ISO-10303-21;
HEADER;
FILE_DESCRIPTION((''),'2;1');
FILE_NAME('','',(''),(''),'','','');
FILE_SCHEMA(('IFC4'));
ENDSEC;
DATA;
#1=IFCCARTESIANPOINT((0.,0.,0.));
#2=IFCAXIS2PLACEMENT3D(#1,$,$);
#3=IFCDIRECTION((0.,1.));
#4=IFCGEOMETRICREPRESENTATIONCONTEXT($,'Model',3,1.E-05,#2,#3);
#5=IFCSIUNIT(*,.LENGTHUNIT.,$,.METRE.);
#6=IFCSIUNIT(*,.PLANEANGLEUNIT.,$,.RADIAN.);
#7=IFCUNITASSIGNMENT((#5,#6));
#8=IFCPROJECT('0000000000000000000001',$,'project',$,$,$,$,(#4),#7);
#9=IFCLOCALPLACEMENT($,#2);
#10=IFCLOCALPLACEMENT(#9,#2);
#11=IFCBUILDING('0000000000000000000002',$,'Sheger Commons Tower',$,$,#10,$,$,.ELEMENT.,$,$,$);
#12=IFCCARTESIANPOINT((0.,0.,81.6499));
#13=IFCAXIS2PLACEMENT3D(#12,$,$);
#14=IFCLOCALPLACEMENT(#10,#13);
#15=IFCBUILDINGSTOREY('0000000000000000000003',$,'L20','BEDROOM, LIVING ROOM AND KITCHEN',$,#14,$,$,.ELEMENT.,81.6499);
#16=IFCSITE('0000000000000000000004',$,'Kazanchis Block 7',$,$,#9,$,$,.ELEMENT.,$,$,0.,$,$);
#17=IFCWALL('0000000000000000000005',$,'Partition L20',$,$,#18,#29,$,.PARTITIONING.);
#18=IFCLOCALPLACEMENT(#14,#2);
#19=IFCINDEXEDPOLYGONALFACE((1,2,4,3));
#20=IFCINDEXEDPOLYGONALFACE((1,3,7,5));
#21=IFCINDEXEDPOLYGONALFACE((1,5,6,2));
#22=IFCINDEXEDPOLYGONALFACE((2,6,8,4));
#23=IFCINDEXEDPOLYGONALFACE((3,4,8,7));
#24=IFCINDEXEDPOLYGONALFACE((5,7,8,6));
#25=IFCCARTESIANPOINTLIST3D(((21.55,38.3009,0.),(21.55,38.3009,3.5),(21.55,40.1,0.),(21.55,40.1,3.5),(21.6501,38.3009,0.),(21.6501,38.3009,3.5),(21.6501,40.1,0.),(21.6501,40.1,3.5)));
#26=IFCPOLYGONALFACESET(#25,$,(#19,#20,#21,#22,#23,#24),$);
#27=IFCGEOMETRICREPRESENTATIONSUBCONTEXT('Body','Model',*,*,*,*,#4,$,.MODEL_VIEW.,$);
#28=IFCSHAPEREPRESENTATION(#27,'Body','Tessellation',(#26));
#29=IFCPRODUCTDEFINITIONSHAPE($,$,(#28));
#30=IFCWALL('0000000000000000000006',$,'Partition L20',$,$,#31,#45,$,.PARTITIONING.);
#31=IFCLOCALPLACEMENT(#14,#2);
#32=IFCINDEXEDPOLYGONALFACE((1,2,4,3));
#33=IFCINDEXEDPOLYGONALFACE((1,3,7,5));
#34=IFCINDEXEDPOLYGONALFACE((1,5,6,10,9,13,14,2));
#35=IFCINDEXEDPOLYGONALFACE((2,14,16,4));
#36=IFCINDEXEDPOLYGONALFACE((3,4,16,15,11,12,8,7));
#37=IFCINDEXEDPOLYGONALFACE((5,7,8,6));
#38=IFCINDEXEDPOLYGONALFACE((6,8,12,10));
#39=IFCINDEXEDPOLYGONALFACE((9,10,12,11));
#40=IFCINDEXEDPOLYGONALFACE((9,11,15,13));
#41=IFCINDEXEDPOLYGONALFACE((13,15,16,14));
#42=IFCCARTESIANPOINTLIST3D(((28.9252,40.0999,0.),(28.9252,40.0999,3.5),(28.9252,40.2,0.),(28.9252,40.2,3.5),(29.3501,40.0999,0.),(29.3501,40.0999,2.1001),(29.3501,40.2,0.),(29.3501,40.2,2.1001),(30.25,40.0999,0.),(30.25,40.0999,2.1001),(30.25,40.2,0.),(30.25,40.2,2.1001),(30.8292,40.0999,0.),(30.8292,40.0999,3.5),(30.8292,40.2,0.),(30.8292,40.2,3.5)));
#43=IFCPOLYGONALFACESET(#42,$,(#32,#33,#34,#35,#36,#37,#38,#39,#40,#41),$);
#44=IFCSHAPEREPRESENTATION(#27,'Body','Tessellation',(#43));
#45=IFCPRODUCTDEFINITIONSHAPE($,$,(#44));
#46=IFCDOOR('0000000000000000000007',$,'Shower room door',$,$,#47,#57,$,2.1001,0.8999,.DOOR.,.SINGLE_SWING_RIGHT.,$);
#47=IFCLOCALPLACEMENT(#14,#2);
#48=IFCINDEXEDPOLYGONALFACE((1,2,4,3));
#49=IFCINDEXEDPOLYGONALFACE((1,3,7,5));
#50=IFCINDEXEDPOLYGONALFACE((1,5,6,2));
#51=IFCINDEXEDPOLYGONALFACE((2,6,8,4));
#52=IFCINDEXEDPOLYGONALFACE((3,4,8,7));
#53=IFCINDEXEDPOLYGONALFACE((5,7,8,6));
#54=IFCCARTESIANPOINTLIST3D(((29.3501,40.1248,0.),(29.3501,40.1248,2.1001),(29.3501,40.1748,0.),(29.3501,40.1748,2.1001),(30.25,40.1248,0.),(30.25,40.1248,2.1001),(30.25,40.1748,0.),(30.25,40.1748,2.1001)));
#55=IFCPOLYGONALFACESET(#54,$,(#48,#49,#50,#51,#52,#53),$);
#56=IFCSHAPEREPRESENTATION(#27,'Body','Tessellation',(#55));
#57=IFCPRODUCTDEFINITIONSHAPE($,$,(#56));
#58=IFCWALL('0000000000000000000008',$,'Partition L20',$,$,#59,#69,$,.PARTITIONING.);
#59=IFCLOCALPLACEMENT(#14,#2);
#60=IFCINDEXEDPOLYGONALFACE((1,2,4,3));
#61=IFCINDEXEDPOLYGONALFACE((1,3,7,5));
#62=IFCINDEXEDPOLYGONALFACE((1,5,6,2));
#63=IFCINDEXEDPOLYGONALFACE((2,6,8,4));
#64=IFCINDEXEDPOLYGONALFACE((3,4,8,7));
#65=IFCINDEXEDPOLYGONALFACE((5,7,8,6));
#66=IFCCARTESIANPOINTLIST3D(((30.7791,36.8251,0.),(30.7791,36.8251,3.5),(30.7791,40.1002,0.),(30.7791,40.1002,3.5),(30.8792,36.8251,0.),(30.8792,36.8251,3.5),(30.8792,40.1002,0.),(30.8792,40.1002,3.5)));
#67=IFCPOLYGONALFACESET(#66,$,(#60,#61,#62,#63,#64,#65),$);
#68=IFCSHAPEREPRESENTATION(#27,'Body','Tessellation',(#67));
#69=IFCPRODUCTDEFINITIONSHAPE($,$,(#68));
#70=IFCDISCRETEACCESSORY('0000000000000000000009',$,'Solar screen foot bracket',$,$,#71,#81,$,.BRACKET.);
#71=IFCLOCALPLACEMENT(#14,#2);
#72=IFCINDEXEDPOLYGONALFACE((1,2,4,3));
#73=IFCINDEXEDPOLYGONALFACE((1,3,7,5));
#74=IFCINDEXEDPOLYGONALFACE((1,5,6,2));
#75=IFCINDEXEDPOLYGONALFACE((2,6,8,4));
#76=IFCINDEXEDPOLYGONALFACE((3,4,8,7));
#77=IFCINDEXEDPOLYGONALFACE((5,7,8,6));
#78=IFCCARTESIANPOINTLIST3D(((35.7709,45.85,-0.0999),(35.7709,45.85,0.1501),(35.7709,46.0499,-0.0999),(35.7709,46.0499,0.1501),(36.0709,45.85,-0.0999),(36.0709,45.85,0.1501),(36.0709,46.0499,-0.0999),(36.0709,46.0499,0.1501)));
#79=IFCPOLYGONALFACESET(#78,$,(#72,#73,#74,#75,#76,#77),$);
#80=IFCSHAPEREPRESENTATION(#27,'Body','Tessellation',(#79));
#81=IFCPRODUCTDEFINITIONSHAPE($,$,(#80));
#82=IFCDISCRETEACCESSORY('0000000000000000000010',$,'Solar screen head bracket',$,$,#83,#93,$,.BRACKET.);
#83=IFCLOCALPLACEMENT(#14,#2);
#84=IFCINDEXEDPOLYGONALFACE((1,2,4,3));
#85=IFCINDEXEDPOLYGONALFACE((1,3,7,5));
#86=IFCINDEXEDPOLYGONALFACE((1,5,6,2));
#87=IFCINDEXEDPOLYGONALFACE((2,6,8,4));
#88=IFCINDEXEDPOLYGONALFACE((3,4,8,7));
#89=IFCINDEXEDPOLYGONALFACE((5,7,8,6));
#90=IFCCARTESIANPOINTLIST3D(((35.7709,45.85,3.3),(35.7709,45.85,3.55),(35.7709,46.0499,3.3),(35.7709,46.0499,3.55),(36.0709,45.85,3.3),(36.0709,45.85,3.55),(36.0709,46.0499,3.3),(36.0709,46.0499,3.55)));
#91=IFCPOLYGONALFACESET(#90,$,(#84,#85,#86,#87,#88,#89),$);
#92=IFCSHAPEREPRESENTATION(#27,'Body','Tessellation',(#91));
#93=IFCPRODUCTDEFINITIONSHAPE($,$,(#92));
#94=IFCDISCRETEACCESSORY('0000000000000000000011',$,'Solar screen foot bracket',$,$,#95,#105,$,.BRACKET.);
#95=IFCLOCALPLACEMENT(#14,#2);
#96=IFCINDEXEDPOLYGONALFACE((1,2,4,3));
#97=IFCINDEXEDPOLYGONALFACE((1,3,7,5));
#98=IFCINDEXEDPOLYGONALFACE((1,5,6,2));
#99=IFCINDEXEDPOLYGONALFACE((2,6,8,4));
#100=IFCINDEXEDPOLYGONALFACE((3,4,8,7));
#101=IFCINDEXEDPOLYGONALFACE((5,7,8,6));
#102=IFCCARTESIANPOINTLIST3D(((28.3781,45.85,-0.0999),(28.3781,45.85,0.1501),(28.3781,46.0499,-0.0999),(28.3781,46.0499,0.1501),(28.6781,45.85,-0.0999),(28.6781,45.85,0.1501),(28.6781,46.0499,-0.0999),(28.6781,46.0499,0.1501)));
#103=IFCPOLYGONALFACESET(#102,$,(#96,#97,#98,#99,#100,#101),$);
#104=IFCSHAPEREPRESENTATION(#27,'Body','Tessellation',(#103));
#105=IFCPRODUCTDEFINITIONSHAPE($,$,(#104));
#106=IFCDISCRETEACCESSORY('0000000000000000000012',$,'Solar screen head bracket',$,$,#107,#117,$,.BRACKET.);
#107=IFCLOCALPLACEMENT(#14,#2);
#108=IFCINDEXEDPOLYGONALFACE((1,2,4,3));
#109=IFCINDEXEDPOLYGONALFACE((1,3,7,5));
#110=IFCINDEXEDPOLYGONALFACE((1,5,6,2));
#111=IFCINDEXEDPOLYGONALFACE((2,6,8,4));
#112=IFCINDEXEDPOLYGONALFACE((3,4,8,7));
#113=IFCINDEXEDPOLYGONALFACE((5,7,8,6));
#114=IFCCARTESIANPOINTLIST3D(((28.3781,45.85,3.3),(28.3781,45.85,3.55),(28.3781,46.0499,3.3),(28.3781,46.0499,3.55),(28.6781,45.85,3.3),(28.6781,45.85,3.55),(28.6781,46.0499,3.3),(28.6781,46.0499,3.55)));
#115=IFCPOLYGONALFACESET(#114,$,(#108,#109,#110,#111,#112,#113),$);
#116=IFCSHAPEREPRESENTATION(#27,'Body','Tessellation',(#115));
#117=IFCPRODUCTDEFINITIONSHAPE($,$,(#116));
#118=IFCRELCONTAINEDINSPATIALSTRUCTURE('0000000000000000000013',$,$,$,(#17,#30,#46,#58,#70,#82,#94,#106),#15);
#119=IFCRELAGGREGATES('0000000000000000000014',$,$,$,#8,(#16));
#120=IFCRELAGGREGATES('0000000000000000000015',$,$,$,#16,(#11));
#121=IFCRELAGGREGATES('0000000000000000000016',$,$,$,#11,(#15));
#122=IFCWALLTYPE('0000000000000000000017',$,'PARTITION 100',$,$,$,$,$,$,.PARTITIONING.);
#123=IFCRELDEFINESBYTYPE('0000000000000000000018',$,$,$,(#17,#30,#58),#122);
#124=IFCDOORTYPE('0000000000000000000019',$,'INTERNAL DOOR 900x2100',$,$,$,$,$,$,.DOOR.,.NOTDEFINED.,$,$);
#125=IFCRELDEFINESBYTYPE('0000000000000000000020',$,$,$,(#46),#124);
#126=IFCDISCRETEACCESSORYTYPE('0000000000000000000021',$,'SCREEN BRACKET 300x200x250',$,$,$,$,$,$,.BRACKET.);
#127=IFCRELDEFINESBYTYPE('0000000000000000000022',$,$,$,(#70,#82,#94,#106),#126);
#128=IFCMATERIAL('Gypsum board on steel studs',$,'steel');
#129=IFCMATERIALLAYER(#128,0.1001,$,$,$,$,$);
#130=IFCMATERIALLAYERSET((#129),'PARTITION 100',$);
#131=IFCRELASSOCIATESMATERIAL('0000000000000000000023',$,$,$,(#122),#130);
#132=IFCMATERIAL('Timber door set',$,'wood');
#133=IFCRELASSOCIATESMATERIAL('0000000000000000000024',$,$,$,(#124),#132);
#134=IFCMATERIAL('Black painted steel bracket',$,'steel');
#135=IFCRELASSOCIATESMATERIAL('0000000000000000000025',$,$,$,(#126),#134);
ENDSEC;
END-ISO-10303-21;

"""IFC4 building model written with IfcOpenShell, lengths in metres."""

from ifc_helpers import new_model, si_unit, direction, frame, frame_2d, origin, origin_2d, place, context, subcontext, project, spatial, rectangle, extrude, material, layer, layer_set, type_object, element, fill, save


model = new_model("IFC4")

# Units and contexts
model_context = context("Model", 3, precision=1e-05, world=origin(), true_north=direction((0.0, 1.0)))
body_context = subcontext(model_context, "Body", "Model", "MODEL_VIEW")
ifc_project = project(units=[si_unit("LENGTHUNIT", "METRE"), si_unit("PLANEANGLEUNIT", "RADIAN")], contexts=[model_context])

# Site, building, storey
site_placement = place(None, origin())
site = spatial("IfcSite", under=ifc_project, at=site_placement, Name="Kazanchis Block 7", CompositionType="ELEMENT", RefElevation=0.0)
building_placement = place(site_placement, origin())
building = spatial("IfcBuilding", under=site, at=building_placement, Name="Sheger Commons Tower", CompositionType="ELEMENT")
storey_placement = place(building_placement, frame((0.0, 0.0, 81.6499)))
storey = spatial("IfcBuildingStorey", under=building, at=storey_placement, Name="L20", Description="BEDROOM, LIVING ROOM AND KITCHEN", CompositionType="ELEMENT", Elevation=81.6499)

# Wall
ifc_material_1 = material(Name="Gypsum board on steel studs", Category="steel")
ifc_layer_1 = layer(ifc_material_1, 0.1001)
ifc_layer_set_1 = layer_set([ifc_layer_1], Name="PARTITION 100")
wall_type_1 = type_object("IfcWallType", Name="PARTITION 100", PredefinedType="PARTITIONING", material=ifc_layer_set_1)
wall_1_placement = place(storey_placement, frame((21.6001, 38.301, 0.0), z_axis=(0.0, 0.0, 1.0), x_axis=(0.0, 1.0, 0.0)))
element("IfcWall", 1, at=wall_1_placement, inside=storey, type_object=wall_type_1, Name="Partition L20", PredefinedType="PARTITIONING", context=body_context, shape_type="SweptSolid", body=[
    extrude(rectangle(XDim=1.7991, YDim=0.1001, at=frame_2d((0.8994, 0.0))), origin(), (0.0, 0.0, 1.0), 3.5),
])

# Wall, opening, door
wall_2_placement = place(storey_placement, frame((28.925, 40.1499, 0.0), z_axis=(0.0, 0.0, 1.0), x_axis=(1.0, 0.0, 0.0)))
wall_2 = element("IfcWall", 2, at=wall_2_placement, inside=storey, type_object=wall_type_1, Name="Partition L20", PredefinedType="PARTITIONING", context=body_context, shape_type="SweptSolid", body=[
    extrude(rectangle(XDim=1.9041, YDim=0.1001, at=frame_2d((0.9521, 0.0))), origin(), (0.0, 0.0, 1.0), 3.5),
])
opening_1_placement = place(wall_2_placement, frame((0.425, 0.0, 0.0)))
opening_1 = element("IfcOpeningElement", 3, at=opening_1_placement, cuts=wall_2, PredefinedType="OPENING", context=body_context, shape_type="SweptSolid", body=[
    extrude(rectangle(XDim=0.8999, YDim=2.1001, at=frame_2d((0.45, 1.05))), frame((0.0, 0.0601, 0.0), z_axis=(0.0, -1.0, 0.0), x_axis=(1.0, 0.0, 0.0)), (0.0, 0.0, 1.0), 0.1201),
])
ifc_material_2 = material(Name="Timber door set", Category="wood")
door_type_1 = type_object("IfcDoorType", Name="INTERNAL DOOR 900x2100", OperationType="NOTDEFINED", PredefinedType="DOOR", material=ifc_material_2)
door_1_placement = place(opening_1_placement, origin())
door_1 = element("IfcDoor", 4, at=door_1_placement, inside=storey, type_object=door_type_1, Name="Shower room door", OperationType="SINGLE_SWING_RIGHT", OverallHeight=2.1001, OverallWidth=0.8999, PredefinedType="DOOR", context=body_context, shape_type="SweptSolid", body=[
    extrude(rectangle(XDim=0.8999, YDim=2.1001, at=frame_2d((0.45, 1.05))), frame((0.0, 0.0249, 0.0), z_axis=(0.0, -1.0, 0.0), x_axis=(1.0, 0.0, 0.0)), (0.0, 0.0, 1.0), 0.05),
])
fill(opening_1, door_1)

# Wall
wall_3_placement = place(storey_placement, frame((30.8291, 36.825, 0.0), z_axis=(0.0, 0.0, 1.0), x_axis=(0.0, 1.0, 0.0)))
element("IfcWall", 5, at=wall_3_placement, inside=storey, type_object=wall_type_1, Name="Partition L20", PredefinedType="PARTITIONING", context=body_context, shape_type="SweptSolid", body=[
    extrude(rectangle(XDim=3.2751, YDim=0.1001, at=frame_2d((1.6377, 0.0))), origin(), (0.0, 0.0, 1.0), 3.5),
])

# Discrete accessories
ifc_material_3 = material(Name="Black painted steel bracket", Category="steel")
discrete_accessory_type = type_object("IfcDiscreteAccessoryType", Name="SCREEN BRACKET 300x200x250", PredefinedType="BRACKET", material=ifc_material_3)
for number, where, z_axis, x_axis, name in (
    (6, (35.9209, 45.95, -0.0999), (0.0, 0.0, 1.0), (-1.0, 0.0, 0.0), "Solar screen foot bracket"),
    (7, (35.9209, 45.95, 3.3), (0.0, 0.0, 1.0), (-1.0, 0.0, 0.0), "Solar screen head bracket"),
    (8, (28.5281, 45.95, -0.0999), (0.0, 0.0, 1.0), (-1.0, 0.0, 0.0), "Solar screen foot bracket"),
    (9, (28.5281, 45.95, 3.3), (0.0, 0.0, 1.0), (-1.0, 0.0, 0.0), "Solar screen head bracket"),
):
    element("IfcDiscreteAccessory", number, at=place(storey_placement, frame(where, z_axis=z_axis, x_axis=x_axis)), inside=storey, type_object=discrete_accessory_type, Name=name, PredefinedType="BRACKET", context=body_context, shape_type="SweptSolid", body=[
        extrude(rectangle(XDim=0.3, YDim=0.2, at=origin_2d()), origin(), (0.0, 0.0, 1.0), 0.25),
    ])

save(model, "model.ifc")
